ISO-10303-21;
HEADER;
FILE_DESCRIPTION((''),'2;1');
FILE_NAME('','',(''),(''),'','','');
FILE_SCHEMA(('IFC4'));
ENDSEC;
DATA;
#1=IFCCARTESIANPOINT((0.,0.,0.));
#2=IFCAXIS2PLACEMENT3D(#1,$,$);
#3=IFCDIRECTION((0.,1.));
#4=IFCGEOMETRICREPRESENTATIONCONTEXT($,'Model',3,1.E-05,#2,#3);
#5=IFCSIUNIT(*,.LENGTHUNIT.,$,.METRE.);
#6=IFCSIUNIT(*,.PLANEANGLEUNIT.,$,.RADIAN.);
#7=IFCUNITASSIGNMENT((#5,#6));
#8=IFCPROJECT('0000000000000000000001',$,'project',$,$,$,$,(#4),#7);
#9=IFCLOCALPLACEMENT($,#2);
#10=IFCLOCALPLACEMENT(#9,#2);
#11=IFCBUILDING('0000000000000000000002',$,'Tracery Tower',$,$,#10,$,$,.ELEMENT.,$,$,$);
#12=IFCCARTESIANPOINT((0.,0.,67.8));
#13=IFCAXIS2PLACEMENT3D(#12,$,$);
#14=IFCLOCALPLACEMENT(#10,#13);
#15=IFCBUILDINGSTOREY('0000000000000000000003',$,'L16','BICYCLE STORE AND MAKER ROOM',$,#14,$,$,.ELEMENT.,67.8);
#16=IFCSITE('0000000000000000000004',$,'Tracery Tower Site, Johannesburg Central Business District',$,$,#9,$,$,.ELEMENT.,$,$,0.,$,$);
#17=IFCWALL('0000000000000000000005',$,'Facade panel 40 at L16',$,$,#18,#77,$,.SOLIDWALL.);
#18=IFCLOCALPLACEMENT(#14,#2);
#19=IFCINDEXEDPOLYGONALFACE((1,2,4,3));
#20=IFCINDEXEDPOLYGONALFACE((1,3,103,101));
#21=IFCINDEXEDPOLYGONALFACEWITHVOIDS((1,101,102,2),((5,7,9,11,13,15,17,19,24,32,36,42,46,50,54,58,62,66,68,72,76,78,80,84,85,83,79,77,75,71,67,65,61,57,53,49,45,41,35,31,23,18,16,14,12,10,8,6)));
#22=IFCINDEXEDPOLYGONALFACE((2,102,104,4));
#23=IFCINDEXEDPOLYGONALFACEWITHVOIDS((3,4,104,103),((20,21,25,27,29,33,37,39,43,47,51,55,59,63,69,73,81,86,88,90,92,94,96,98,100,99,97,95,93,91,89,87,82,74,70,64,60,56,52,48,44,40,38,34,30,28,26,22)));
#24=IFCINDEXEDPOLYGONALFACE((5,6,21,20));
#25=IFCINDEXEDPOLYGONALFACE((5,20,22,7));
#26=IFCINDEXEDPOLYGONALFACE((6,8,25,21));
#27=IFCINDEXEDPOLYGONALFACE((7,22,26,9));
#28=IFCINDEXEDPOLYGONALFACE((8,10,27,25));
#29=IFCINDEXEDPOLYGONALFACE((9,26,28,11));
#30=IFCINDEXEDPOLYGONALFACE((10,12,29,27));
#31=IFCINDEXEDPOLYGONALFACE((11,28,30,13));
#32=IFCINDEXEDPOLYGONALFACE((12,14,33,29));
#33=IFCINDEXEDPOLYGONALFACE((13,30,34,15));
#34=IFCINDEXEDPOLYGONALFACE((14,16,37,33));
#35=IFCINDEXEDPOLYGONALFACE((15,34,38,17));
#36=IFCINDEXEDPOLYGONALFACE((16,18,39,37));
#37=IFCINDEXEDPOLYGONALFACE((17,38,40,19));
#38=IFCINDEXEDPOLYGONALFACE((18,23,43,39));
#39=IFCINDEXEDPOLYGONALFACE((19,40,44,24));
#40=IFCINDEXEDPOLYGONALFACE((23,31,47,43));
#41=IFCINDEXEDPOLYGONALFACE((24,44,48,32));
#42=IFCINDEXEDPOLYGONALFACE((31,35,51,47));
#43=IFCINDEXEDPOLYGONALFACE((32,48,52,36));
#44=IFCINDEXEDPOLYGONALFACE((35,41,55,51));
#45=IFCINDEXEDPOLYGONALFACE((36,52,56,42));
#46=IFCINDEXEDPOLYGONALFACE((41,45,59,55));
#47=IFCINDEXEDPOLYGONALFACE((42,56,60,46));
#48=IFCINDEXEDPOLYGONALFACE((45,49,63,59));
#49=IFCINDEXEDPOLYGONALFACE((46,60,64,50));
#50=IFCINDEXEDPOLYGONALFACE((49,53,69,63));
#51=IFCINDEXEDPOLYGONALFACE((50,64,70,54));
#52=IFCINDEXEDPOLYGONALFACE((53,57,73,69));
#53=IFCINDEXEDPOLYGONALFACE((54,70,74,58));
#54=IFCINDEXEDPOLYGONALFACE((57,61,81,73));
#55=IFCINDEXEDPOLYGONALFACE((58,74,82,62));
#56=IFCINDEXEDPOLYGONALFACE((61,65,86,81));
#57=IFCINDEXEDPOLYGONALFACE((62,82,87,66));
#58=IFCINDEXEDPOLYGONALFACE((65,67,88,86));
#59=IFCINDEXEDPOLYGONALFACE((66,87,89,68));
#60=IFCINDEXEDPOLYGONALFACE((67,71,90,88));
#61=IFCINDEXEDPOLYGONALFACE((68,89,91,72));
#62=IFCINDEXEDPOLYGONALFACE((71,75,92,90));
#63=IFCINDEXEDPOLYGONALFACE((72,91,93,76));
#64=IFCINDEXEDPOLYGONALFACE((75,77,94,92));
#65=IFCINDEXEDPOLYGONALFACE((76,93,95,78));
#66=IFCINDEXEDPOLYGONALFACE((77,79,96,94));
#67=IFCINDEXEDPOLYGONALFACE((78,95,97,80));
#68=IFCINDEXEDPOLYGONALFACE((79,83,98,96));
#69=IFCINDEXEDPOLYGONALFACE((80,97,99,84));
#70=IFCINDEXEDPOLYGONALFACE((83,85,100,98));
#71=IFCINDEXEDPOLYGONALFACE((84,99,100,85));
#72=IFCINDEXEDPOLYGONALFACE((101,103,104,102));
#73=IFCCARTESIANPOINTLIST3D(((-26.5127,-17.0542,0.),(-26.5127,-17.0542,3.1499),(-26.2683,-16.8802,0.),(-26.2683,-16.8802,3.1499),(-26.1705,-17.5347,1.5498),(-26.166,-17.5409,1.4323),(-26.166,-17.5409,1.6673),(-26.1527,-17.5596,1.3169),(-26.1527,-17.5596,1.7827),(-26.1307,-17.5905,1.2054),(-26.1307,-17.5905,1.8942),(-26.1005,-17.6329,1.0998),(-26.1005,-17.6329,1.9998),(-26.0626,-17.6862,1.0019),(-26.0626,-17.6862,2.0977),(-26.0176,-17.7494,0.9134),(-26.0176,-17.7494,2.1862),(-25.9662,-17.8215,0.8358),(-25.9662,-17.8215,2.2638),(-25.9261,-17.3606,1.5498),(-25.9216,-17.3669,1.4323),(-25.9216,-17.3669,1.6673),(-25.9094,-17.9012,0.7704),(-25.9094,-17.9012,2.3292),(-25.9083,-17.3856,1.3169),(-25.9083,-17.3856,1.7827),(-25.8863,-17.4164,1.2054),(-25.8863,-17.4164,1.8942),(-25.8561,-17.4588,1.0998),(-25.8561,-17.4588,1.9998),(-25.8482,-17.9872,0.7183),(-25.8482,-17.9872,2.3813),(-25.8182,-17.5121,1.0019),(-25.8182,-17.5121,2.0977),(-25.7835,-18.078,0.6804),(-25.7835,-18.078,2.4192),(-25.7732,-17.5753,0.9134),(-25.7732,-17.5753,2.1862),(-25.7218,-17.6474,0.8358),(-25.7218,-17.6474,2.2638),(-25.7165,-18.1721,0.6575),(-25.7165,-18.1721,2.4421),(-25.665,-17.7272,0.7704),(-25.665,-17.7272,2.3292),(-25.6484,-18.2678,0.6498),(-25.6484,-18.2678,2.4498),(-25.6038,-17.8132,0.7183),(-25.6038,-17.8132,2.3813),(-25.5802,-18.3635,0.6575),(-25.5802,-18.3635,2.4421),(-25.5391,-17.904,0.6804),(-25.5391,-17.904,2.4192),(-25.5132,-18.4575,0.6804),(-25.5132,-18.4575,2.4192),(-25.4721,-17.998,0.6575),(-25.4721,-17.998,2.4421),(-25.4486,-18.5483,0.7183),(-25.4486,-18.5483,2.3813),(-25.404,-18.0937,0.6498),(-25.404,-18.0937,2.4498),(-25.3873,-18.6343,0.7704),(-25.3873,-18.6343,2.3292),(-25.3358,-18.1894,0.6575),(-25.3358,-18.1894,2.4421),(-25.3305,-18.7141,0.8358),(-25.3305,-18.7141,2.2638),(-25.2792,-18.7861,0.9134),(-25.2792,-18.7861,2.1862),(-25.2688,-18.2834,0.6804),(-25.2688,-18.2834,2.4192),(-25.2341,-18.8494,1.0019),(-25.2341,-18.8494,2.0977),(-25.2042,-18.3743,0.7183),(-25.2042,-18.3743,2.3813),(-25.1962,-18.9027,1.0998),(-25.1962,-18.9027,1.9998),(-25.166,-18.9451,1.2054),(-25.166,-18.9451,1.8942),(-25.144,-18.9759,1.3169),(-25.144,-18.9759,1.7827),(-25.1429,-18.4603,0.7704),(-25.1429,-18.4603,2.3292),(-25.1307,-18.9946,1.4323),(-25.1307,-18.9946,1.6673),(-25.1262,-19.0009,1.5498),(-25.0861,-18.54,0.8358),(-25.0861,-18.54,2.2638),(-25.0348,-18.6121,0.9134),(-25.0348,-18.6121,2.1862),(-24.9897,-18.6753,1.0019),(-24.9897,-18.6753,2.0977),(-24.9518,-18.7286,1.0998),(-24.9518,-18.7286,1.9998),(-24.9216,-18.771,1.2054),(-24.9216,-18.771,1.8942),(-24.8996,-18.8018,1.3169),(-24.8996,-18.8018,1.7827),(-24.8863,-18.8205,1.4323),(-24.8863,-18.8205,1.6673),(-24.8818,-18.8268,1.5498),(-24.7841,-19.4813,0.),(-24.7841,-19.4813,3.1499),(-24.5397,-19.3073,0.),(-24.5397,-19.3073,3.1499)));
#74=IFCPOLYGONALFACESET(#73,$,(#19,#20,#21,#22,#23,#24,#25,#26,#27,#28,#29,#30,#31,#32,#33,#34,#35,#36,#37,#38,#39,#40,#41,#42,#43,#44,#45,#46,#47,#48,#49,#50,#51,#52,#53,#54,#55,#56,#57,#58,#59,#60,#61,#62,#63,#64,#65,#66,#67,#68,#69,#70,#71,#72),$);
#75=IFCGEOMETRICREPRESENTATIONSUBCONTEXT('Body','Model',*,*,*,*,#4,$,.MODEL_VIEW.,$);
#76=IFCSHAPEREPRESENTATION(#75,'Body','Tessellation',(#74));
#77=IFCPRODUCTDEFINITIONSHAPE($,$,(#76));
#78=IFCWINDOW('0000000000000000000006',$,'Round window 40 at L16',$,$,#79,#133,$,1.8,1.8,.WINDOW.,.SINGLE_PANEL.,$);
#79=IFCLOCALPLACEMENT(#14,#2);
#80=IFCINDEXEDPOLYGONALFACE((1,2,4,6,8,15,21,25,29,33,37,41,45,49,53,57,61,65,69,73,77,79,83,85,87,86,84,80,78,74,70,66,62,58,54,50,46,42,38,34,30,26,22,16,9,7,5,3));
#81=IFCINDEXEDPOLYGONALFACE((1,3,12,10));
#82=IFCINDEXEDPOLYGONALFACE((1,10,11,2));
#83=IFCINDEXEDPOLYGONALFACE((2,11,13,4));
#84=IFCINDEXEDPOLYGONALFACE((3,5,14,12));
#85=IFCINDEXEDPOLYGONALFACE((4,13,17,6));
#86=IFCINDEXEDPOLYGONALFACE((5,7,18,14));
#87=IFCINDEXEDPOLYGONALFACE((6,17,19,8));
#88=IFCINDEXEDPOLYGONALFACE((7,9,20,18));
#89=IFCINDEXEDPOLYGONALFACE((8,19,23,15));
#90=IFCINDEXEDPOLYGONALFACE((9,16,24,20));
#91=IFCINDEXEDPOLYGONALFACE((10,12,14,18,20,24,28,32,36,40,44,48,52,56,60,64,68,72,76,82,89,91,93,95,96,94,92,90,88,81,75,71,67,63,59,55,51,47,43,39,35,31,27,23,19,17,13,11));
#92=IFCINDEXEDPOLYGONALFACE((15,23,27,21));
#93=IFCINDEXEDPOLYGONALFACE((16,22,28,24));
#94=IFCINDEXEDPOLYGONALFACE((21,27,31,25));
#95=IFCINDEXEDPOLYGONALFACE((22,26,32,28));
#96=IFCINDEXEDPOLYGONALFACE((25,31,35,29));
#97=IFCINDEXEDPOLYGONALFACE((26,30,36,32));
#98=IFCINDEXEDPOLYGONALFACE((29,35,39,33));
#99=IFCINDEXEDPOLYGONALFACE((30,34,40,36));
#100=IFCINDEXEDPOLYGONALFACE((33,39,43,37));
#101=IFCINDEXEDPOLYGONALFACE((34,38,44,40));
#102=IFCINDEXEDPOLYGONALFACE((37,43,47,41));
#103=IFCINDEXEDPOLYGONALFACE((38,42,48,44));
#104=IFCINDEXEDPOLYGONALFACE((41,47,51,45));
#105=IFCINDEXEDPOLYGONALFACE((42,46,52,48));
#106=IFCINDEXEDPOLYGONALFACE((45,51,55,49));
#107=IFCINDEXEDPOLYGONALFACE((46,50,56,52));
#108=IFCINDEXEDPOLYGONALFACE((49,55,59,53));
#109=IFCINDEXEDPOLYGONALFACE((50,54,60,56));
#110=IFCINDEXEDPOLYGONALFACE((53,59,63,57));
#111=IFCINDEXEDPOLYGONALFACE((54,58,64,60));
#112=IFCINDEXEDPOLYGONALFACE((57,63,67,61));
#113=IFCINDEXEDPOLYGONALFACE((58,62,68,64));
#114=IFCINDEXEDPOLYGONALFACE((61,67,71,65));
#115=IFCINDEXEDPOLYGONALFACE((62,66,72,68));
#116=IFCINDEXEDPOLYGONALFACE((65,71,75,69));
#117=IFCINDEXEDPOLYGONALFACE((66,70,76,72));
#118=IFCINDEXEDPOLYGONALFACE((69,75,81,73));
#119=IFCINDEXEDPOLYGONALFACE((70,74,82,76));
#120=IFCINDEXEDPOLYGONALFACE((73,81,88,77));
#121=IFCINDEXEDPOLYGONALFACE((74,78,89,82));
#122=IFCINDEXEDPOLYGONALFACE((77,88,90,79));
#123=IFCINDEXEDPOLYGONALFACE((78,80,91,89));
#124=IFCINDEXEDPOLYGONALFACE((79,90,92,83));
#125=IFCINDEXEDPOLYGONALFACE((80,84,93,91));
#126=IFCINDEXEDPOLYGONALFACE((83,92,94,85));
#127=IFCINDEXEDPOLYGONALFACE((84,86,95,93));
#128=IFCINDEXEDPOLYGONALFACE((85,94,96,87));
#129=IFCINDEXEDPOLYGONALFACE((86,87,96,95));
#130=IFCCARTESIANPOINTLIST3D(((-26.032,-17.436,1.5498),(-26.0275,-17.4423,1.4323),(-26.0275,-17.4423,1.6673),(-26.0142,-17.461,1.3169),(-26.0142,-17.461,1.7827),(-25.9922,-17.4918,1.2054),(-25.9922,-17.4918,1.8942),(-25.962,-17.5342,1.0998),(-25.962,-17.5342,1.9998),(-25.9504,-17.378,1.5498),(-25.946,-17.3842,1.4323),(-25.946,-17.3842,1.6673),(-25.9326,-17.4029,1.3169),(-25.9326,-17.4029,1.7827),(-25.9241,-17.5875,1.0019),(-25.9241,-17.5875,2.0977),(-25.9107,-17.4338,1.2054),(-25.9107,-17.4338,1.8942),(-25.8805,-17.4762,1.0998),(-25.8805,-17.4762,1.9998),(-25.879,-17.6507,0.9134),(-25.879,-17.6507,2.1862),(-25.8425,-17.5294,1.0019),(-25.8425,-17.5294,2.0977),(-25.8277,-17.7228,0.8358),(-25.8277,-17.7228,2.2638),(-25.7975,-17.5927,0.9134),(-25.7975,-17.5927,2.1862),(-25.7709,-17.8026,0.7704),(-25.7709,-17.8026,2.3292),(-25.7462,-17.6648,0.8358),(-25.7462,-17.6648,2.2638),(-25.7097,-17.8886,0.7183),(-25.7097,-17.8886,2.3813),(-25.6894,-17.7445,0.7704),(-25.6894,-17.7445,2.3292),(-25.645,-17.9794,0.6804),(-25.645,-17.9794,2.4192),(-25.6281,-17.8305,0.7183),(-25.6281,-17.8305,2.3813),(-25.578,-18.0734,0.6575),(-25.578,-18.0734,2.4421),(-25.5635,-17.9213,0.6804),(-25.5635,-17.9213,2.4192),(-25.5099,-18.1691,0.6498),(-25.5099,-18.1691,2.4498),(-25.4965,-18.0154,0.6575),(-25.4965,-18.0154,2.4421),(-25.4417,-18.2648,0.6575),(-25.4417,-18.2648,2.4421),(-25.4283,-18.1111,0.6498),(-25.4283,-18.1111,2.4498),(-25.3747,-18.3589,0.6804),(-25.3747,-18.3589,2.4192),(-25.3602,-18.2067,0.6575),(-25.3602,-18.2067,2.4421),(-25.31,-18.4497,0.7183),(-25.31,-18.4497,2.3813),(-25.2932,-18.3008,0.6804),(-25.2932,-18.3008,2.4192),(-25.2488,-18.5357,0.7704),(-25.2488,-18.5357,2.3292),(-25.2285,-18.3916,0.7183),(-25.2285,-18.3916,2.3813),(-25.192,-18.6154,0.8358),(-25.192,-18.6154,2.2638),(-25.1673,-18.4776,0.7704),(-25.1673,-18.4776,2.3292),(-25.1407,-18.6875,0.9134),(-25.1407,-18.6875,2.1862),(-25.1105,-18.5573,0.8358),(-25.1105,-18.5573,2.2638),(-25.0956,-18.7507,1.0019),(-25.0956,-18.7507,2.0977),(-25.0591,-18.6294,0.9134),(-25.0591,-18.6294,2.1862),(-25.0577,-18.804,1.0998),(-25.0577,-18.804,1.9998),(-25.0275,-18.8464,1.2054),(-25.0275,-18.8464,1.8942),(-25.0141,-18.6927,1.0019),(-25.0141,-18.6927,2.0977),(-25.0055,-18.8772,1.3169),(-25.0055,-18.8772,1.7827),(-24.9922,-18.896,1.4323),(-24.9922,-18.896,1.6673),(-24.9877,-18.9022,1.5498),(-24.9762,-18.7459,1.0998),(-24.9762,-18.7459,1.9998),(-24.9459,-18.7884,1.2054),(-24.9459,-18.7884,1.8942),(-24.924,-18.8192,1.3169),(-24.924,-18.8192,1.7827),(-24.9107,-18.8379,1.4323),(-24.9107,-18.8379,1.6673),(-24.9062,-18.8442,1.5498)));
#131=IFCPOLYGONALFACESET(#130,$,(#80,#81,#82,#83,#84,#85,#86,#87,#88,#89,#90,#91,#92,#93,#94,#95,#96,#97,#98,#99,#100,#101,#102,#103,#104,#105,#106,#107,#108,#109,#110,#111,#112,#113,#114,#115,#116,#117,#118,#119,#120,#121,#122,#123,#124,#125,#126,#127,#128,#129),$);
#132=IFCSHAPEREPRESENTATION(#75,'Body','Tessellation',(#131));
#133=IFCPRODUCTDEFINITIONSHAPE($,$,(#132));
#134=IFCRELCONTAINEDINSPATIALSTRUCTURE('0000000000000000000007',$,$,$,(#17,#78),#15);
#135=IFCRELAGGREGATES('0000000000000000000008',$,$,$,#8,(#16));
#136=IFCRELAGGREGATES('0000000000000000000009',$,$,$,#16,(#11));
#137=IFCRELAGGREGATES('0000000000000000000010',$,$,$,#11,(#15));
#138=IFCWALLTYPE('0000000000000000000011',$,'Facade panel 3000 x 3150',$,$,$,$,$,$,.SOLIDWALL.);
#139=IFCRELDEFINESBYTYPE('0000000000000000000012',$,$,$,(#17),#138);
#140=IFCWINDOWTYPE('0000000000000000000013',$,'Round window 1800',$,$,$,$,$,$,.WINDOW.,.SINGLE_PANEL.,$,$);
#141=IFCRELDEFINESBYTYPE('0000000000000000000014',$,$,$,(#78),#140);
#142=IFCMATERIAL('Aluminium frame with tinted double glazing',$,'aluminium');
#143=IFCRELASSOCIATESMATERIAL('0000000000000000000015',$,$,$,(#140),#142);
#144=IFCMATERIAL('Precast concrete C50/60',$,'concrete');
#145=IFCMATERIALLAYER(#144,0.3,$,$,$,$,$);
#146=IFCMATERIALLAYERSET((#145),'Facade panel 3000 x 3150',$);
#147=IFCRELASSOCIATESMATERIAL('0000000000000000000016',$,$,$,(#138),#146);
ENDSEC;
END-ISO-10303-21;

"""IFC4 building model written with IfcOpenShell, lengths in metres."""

from ifc_helpers import new_model, si_unit, direction, frame, frame_2d, origin, origin_2d, place, context, subcontext, project, spatial, rectangle, circle, extrude, material, layer, layer_set, type_object, element, fill, save


model = new_model("IFC4")

# Units and contexts
model_context = context("Model", 3, precision=1e-05, world=origin(), true_north=direction((0.0, 1.0)))
body_context = subcontext(model_context, "Body", "Model", "MODEL_VIEW")
ifc_project = project(units=[si_unit("LENGTHUNIT", "METRE"), si_unit("PLANEANGLEUNIT", "RADIAN")], contexts=[model_context])

# Site, building, storey
site_placement = place(None, origin())
site = spatial("IfcSite", under=ifc_project, at=site_placement, Name="Tracery Tower Site, Johannesburg Central Business District", CompositionType="ELEMENT", RefElevation=0.0)
building_placement = place(site_placement, origin())
building = spatial("IfcBuilding", under=site, at=building_placement, Name="Tracery Tower", CompositionType="ELEMENT")
storey_placement = place(building_placement, frame((0.0, 0.0, 67.8)))
storey = spatial("IfcBuildingStorey", under=building, at=storey_placement, Name="L16", Description="BICYCLE STORE AND MAKER ROOM", CompositionType="ELEMENT", Elevation=67.8)

# Wall, opening, window
ifc_material_1 = material(Name="Aluminium frame with tinted double glazing", Category="aluminium")
window_type = type_object("IfcWindowType", Name="Round window 1800", PartitioningType="SINGLE_PANEL", PredefinedType="WINDOW", material=ifc_material_1)
ifc_material_2 = material(Name="Precast concrete C50/60", Category="concrete")
ifc_layer_1 = layer(ifc_material_2, 0.3)
ifc_layer_set_1 = layer_set([ifc_layer_1], Name="Facade panel 3000 x 3150")
wall_type_1 = type_object("IfcWallType", Name="Facade panel 3000 x 3150", PredefinedType="SOLIDWALL", material=ifc_layer_set_1)
wall_1_placement = place(storey_placement, frame((-26.3904, -16.9673, 0.0), z_axis=(0.0, 0.0, 1.0), x_axis=(0.580114, -0.814535, 0.0)))
wall_1 = element("IfcWall", 1, at=wall_1_placement, inside=storey, type_object=wall_type_1, Name="Facade panel 40 at L16", PredefinedType="SOLIDWALL", context=body_context, shape_type="SweptSolid", body=[
    extrude(rectangle(XDim=2.9797, YDim=0.3, at=frame_2d((1.4897, 0.0))), origin(), (0.0, 0.0, 1.0), 3.1499),
])
opening_1_placement = place(wall_1_placement, frame((1.4897, 0.0, 1.5498)))
opening_1 = element("IfcOpeningElement", 2, at=opening_1_placement, cuts=wall_1, PredefinedType="OPENING", context=body_context, shape_type="SweptSolid", body=[
    extrude(circle(Radius=0.9, at=origin_2d()), frame((0.0, 0.1599, 0.0), z_axis=(0.0, -1.0, 0.0), x_axis=(1.0, 0.0, 0.0)), (0.0, 0.0, 1.0), 0.3201),
])
window_1_placement = place(opening_1_placement, origin())
window_1 = element("IfcWindow", 3, at=window_1_placement, inside=storey, type_object=window_type, Name="Round window 40 at L16", OverallHeight=1.8, OverallWidth=1.8, PartitioningType="SINGLE_PANEL", PredefinedType="WINDOW", context=body_context, shape_type="SweptSolid", body=[
    extrude(circle(Radius=0.9, at=origin_2d()), frame((0.0, 0.1201, 0.0), z_axis=(0.0, -1.0, 0.0), x_axis=(1.0, 0.0, 0.0)), (0.0, 0.0, 1.0), 0.1001),
])
fill(opening_1, window_1)

save(model, "model.ifc")
